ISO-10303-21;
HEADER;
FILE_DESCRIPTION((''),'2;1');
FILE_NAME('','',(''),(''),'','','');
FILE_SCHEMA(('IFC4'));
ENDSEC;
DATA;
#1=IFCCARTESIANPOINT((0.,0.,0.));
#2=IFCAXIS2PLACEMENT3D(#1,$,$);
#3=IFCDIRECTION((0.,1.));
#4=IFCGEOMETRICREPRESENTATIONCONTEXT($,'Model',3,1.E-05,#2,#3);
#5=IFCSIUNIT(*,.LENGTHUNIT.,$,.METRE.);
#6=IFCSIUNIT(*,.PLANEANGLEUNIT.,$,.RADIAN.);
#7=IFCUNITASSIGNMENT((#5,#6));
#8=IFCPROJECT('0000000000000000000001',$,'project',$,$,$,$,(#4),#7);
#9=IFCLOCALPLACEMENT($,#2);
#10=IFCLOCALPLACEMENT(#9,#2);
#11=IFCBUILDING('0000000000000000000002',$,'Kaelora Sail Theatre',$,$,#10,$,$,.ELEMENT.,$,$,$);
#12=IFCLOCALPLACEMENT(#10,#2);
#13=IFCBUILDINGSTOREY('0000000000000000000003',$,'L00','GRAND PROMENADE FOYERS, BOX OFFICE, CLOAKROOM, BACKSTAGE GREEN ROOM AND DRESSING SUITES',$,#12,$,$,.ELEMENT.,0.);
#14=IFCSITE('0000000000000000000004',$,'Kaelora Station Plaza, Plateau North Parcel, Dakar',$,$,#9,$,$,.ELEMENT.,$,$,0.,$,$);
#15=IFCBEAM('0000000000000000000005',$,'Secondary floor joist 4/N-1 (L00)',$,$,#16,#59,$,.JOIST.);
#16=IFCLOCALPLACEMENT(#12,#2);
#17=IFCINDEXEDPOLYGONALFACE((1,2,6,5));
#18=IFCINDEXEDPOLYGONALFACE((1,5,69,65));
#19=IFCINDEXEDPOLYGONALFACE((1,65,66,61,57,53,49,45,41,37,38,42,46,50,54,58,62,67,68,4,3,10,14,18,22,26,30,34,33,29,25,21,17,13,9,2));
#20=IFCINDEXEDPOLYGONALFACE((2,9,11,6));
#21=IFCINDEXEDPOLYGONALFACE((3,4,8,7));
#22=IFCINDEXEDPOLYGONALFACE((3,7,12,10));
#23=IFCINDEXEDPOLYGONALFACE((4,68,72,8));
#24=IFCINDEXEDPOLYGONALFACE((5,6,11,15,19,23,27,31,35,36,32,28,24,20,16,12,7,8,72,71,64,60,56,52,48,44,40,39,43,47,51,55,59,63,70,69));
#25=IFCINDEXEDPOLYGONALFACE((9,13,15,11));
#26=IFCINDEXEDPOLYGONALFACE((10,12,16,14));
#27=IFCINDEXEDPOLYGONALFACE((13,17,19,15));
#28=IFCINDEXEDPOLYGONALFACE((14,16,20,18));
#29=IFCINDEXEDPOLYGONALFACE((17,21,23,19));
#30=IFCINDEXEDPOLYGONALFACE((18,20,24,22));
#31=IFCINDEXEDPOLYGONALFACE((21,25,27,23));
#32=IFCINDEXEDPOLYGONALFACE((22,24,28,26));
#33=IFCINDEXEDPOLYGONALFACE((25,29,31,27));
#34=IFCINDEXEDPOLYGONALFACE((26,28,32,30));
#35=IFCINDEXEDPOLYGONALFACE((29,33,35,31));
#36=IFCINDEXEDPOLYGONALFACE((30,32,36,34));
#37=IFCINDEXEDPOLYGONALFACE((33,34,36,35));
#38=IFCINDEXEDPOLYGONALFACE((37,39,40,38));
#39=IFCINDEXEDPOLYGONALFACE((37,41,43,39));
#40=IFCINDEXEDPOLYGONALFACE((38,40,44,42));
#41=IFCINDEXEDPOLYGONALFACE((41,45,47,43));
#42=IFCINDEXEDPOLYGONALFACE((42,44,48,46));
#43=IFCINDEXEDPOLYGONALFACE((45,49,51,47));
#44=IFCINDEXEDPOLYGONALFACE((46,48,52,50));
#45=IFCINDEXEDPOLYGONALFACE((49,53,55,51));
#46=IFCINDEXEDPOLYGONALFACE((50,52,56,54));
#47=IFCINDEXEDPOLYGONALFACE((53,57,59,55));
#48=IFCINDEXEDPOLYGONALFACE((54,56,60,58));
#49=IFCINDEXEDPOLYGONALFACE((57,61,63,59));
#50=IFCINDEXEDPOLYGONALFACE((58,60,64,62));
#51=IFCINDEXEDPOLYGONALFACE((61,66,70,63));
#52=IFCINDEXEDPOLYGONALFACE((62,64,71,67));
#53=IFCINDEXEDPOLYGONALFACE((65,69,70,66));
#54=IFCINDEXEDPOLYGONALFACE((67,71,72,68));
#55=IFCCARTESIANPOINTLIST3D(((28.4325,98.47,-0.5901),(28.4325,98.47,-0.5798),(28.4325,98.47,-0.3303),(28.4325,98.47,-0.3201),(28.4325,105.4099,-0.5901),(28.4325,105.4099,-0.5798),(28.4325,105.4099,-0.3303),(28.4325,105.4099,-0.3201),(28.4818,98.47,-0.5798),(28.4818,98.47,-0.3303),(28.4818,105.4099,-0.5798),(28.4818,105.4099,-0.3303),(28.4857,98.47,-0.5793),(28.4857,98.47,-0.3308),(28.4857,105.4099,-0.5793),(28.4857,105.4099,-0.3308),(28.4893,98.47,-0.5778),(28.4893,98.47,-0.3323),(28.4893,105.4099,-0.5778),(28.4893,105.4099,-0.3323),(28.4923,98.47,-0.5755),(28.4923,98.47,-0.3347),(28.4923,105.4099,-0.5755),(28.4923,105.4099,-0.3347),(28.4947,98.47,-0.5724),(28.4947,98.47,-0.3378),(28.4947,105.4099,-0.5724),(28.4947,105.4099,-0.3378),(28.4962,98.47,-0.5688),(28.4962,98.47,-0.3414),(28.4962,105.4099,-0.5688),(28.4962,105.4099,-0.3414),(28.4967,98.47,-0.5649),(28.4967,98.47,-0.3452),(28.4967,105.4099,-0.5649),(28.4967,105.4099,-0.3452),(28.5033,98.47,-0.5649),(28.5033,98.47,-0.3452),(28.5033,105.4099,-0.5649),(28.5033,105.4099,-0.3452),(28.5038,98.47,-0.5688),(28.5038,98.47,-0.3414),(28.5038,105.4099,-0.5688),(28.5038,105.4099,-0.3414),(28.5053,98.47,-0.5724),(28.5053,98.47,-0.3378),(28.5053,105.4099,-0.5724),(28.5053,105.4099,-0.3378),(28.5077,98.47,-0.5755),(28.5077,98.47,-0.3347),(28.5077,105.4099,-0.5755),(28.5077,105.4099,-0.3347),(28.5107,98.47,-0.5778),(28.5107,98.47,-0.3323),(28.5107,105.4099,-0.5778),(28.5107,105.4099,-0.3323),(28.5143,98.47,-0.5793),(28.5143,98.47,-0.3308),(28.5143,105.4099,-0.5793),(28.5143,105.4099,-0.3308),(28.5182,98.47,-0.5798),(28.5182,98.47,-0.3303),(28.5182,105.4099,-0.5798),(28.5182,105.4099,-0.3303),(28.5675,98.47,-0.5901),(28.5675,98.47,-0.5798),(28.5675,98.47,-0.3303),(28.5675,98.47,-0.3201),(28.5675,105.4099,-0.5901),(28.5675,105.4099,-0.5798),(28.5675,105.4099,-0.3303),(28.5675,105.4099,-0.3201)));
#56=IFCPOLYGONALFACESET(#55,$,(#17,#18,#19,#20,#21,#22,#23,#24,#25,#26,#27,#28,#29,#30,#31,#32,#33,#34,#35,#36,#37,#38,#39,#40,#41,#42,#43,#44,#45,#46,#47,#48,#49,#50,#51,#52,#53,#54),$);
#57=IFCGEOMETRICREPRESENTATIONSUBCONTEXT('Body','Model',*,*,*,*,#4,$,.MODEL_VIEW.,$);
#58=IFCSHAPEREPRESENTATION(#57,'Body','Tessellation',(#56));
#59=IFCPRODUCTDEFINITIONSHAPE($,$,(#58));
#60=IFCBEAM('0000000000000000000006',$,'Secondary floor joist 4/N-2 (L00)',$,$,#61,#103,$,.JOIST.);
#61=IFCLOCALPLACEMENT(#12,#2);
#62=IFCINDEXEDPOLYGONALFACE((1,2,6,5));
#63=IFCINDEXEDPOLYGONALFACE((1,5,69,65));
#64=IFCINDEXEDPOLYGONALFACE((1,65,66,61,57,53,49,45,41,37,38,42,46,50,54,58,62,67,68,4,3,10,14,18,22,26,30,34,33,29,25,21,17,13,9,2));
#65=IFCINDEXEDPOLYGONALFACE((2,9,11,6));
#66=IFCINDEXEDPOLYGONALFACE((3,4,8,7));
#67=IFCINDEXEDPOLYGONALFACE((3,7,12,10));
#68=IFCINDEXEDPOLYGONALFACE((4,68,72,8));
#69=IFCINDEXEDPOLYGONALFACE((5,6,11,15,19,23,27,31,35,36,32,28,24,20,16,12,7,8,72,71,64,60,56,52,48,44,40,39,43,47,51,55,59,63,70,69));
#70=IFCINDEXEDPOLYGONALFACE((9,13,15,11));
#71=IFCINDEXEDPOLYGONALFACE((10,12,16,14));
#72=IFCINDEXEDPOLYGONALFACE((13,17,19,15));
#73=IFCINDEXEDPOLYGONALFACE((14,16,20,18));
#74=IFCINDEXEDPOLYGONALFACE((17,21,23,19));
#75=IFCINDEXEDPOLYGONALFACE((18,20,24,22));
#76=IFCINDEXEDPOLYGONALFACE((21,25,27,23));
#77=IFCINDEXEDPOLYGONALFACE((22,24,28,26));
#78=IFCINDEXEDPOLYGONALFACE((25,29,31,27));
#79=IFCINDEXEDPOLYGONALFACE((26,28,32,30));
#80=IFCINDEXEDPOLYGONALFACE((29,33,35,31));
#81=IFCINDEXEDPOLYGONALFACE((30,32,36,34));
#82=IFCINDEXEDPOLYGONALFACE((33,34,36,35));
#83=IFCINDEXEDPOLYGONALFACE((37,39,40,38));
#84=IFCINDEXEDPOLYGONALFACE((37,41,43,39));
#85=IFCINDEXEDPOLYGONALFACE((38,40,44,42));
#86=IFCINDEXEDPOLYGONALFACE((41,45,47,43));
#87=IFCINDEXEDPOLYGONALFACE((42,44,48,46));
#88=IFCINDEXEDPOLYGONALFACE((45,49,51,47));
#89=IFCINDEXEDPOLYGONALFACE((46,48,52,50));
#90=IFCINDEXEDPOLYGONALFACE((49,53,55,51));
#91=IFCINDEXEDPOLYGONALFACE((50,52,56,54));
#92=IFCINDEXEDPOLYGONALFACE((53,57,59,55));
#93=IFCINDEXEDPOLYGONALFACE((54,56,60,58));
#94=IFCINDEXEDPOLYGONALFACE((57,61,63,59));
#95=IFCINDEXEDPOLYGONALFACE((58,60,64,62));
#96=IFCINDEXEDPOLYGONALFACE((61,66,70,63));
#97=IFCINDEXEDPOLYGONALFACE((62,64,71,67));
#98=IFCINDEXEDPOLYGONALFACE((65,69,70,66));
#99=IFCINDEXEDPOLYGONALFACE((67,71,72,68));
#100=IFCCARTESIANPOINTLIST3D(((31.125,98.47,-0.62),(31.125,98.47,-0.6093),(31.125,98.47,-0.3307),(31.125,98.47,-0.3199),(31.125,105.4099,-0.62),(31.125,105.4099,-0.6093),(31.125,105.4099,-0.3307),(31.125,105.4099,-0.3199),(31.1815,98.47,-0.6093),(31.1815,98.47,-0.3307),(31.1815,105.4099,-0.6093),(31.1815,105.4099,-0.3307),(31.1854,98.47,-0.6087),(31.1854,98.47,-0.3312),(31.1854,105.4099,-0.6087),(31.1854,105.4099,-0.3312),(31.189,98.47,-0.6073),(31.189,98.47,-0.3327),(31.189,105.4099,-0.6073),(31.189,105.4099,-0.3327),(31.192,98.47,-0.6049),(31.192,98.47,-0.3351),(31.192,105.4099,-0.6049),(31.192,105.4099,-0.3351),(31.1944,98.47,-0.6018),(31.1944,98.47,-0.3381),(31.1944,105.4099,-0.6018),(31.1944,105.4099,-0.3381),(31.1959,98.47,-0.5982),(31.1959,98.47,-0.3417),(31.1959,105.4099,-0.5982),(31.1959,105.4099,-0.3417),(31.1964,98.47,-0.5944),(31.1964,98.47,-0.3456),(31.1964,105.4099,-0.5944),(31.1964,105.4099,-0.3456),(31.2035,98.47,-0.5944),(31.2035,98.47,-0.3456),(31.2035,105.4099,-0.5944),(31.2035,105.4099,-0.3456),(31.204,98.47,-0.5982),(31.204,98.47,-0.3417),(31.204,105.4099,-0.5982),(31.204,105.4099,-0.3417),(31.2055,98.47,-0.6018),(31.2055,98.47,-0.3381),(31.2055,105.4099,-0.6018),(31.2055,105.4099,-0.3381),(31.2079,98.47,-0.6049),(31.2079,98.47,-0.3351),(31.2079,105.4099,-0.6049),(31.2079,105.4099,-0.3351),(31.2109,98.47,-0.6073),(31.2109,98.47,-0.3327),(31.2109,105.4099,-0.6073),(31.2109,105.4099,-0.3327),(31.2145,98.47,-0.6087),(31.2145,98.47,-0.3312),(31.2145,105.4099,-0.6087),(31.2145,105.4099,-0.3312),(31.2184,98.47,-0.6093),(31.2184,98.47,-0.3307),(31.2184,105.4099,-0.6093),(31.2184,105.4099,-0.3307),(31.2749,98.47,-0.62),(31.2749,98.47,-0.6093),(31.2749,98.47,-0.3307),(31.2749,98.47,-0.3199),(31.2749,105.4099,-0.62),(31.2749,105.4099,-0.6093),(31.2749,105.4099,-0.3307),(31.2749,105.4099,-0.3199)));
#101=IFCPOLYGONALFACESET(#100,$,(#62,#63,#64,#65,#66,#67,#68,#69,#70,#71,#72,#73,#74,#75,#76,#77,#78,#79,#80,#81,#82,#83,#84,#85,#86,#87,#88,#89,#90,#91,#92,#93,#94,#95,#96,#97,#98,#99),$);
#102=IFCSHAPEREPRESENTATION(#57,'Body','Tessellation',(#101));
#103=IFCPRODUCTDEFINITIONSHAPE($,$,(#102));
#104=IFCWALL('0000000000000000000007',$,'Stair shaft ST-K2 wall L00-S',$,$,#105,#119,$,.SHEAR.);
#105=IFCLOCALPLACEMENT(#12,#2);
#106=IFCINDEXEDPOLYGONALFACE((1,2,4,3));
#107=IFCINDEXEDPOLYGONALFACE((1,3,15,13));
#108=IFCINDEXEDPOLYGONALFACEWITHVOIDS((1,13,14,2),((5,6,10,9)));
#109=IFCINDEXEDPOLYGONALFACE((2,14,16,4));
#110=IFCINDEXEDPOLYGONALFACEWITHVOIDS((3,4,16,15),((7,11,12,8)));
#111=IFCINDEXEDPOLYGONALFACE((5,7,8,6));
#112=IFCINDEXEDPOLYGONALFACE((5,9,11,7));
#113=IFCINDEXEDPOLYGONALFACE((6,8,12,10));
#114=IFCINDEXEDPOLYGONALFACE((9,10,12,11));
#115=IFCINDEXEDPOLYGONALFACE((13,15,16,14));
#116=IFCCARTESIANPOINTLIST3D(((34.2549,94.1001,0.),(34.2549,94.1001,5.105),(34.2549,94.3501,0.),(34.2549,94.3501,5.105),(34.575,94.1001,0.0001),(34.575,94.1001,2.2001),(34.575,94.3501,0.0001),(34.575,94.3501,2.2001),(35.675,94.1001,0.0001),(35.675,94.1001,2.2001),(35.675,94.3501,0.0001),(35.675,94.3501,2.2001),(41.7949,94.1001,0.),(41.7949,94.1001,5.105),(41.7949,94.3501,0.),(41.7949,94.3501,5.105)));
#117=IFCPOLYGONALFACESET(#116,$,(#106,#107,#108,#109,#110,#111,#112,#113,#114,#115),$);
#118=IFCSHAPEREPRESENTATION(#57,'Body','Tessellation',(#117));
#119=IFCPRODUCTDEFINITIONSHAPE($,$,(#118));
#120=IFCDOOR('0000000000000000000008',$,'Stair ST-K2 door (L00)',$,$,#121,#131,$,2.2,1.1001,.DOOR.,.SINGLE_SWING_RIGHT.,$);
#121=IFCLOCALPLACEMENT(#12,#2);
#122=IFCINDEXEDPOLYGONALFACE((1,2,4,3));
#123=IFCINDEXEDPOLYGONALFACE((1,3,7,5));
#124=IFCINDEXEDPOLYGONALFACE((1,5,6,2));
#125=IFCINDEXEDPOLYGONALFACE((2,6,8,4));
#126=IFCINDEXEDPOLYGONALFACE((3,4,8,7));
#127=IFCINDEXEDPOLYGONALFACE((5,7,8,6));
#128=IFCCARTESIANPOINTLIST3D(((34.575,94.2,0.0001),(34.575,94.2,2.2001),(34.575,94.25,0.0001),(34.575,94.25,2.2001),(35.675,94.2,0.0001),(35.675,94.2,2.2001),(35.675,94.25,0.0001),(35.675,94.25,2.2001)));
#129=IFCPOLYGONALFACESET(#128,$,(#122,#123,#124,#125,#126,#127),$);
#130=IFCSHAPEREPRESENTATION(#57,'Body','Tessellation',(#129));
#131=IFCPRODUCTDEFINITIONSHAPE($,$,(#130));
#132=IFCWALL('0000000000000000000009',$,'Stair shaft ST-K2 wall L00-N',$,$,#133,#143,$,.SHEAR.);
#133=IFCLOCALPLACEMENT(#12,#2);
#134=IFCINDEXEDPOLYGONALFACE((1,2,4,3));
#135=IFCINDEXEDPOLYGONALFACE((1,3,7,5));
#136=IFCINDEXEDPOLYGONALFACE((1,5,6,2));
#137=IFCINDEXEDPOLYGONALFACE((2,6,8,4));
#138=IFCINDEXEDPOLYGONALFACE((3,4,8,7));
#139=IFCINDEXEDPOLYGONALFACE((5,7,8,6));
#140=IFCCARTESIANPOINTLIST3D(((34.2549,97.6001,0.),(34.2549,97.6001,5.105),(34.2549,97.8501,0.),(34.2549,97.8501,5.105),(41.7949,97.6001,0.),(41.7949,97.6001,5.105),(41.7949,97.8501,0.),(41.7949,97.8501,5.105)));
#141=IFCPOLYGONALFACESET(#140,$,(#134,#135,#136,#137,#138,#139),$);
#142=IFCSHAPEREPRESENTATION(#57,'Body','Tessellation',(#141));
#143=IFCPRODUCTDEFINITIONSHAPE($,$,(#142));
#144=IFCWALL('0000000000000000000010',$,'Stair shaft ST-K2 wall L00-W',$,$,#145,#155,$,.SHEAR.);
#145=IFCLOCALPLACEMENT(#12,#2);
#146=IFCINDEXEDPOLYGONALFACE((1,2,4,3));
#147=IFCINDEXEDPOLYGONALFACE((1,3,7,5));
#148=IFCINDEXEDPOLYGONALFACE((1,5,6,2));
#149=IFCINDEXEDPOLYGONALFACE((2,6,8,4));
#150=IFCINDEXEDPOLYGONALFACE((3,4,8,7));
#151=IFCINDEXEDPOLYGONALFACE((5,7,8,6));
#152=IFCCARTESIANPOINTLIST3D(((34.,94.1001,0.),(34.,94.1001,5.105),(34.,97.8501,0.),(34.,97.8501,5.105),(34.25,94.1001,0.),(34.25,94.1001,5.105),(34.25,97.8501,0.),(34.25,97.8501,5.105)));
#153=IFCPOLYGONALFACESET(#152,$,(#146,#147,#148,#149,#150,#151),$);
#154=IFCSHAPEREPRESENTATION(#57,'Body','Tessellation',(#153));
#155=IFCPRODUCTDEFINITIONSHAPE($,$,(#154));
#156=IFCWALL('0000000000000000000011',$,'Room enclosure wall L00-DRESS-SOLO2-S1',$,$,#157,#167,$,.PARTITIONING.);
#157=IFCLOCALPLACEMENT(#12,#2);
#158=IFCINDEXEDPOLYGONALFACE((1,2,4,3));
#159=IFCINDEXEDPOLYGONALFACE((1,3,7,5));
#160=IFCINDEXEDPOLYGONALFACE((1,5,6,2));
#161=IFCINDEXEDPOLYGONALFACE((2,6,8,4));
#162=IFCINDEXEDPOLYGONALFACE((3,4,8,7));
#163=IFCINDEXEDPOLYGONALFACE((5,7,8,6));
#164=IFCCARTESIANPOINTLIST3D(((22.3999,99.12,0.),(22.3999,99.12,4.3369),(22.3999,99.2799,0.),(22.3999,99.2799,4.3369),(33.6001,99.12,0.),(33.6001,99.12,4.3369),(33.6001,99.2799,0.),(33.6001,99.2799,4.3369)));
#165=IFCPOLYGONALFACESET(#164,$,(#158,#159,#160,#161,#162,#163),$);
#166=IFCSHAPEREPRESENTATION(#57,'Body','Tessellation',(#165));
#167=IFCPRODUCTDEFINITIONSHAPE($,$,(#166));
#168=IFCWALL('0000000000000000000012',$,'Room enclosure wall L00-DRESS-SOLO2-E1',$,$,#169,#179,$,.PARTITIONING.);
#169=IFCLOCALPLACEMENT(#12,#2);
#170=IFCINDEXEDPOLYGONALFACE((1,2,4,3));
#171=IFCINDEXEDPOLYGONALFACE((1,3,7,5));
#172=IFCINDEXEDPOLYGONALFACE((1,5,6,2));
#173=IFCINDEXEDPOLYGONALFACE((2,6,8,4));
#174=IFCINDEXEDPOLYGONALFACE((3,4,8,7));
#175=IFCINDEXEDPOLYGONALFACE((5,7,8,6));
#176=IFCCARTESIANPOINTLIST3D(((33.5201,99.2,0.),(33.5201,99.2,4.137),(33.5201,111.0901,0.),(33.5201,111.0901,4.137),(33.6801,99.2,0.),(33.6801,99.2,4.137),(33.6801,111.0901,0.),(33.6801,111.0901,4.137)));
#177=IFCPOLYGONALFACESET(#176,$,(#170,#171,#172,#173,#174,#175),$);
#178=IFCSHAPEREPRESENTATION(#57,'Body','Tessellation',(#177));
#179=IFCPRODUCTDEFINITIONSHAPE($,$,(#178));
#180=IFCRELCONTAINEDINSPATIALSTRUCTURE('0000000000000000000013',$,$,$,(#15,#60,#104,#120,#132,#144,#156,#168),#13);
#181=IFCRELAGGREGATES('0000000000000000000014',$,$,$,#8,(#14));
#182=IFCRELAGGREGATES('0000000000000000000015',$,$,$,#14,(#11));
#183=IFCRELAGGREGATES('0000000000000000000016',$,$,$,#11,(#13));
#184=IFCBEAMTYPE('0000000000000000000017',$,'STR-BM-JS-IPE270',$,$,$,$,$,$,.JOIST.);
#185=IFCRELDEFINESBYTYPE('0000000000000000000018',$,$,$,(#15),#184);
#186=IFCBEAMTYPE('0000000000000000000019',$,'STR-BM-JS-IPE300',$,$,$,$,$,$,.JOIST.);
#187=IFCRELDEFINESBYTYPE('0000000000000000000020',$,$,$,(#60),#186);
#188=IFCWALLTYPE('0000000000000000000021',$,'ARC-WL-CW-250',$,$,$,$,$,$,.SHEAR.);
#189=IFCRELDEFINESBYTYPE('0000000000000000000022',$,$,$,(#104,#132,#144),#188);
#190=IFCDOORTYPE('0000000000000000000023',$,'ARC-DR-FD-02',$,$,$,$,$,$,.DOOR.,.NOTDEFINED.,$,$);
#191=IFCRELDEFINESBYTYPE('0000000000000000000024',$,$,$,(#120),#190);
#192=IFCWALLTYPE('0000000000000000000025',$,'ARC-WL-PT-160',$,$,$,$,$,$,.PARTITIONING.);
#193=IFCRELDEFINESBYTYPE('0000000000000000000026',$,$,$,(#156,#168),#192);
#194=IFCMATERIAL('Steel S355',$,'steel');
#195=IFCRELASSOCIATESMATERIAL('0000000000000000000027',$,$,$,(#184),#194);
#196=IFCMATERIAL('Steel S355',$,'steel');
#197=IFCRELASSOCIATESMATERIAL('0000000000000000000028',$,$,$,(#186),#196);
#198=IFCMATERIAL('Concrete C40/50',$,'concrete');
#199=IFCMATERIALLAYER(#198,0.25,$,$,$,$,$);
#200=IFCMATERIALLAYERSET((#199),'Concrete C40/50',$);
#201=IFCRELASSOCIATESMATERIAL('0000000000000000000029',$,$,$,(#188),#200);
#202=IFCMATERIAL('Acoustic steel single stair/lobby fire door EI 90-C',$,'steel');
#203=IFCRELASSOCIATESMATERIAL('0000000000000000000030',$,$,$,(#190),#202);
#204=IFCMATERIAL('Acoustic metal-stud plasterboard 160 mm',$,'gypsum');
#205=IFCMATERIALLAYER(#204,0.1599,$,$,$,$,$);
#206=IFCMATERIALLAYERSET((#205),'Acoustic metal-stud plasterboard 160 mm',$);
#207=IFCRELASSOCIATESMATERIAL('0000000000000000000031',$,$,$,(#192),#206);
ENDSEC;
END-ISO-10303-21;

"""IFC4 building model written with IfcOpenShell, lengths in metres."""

from ifc_helpers import new_model, si_unit, direction, frame, frame_2d, origin, origin_2d, place, context, subcontext, project, spatial, rectangle, i_section, extrude, material, layer, layer_set, material_profile, profile_set, type_object, element, fill, save


model = new_model("IFC4")

# Units and contexts
model_context = context("Model", 3, precision=1e-05, world=origin(), true_north=direction((0.0, 1.0)))
body_context = subcontext(model_context, "Body", "Model", "MODEL_VIEW")
ifc_project = project(units=[si_unit("LENGTHUNIT", "METRE"), si_unit("PLANEANGLEUNIT", "RADIAN")], contexts=[model_context])

# Site, building, storey
site_placement = place(None, origin())
site = spatial("IfcSite", under=ifc_project, at=site_placement, Name="Kaelora Station Plaza, Plateau North Parcel, Dakar", CompositionType="ELEMENT", RefElevation=0.0)
building_placement = place(site_placement, origin())
building = spatial("IfcBuilding", under=site, at=building_placement, Name="Kaelora Sail Theatre", CompositionType="ELEMENT")
storey_placement = place(building_placement, origin())
storey = spatial("IfcBuildingStorey", under=building, at=storey_placement, Name="L00", Description="GRAND PROMENADE FOYERS, BOX OFFICE, CLOAKROOM, BACKSTAGE GREEN ROOM AND DRESSING SUITES", CompositionType="ELEMENT", Elevation=0.0)

# Beams
ifc_material_1 = material(Name="Steel S355", Category="steel")
ifc_material_profile_1 = material_profile(ifc_material_1, i_section(OverallWidth=0.135, OverallDepth=0.27, WebThickness=0.0066, FlangeThickness=0.0103, FilletRadius=0.0149, at=origin_2d()), Name="IPE 270")
ifc_profile_set_1 = profile_set([ifc_material_profile_1], Name="Steel S355")
beam_type_1 = type_object("IfcBeamType", Name="STR-BM-JS-IPE270", PredefinedType="JOIST", material=ifc_profile_set_1)
for number, where, z_axis, x_axis, name in (
    (1, (28.5, 98.47, -0.4551), (0.0, 1.0, 0.0), (-1.0, 0.0, 0.0), "Secondary floor joist 4/N-1 (L00)"),
):
    element("IfcBeam", number, at=place(storey_placement, frame(where, z_axis=z_axis, x_axis=x_axis)), inside=storey, type_object=beam_type_1, Name=name, PredefinedType="JOIST", context=body_context, shape_type="SweptSolid", body=[
        extrude(i_section(OverallWidth=0.135, OverallDepth=0.27, WebThickness=0.0066, FlangeThickness=0.0103, FilletRadius=0.0149, at=origin_2d()), origin(), (0.0, 0.0, 1.0), 6.9399),
    ])
ifc_material_2 = material(Name="Steel S355", Category="steel")
ifc_material_profile_2 = material_profile(ifc_material_2, i_section(OverallWidth=0.1499, OverallDepth=0.3, WebThickness=0.0071, FlangeThickness=0.0107, FilletRadius=0.0149, at=origin_2d()), Name="IPE 300")
ifc_profile_set_2 = profile_set([ifc_material_profile_2], Name="Steel S355")
beam_type_2 = type_object("IfcBeamType", Name="STR-BM-JS-IPE300", PredefinedType="JOIST", material=ifc_profile_set_2)
beam_1_placement = place(storey_placement, frame((31.2, 98.47, -0.47), z_axis=(0.0, 1.0, 0.0), x_axis=(-1.0, 0.0, 0.0)))
element("IfcBeam", 2, at=beam_1_placement, inside=storey, type_object=beam_type_2, Name="Secondary floor joist 4/N-2 (L00)", PredefinedType="JOIST", context=body_context, shape_type="SweptSolid", body=[
    extrude(i_section(OverallWidth=0.1499, OverallDepth=0.3, WebThickness=0.0071, FlangeThickness=0.0107, FilletRadius=0.0149, at=origin_2d()), origin(), (0.0, 0.0, 1.0), 6.9399),
])

# Wall, opening, door
ifc_material_3 = material(Name="Concrete C40/50", Category="concrete")
ifc_layer_1 = layer(ifc_material_3, 0.25)
ifc_layer_set_1 = layer_set([ifc_layer_1], Name="Concrete C40/50")
wall_type_1 = type_object("IfcWallType", Name="ARC-WL-CW-250", PredefinedType="SHEAR", material=ifc_layer_set_1)
wall_1_placement = place(storey_placement, frame((34.2549, 94.2251, 0.0), z_axis=(0.0, 0.0, 1.0), x_axis=(1.0, 0.0, 0.0)))
wall_1 = element("IfcWall", 3, at=wall_1_placement, inside=storey, type_object=wall_type_1, Name="Stair shaft ST-K2 wall L00-S", PredefinedType="SHEAR", context=body_context, shape_type="SweptSolid", body=[
    extrude(rectangle(XDim=7.54, YDim=0.25, at=frame_2d((3.77, 0.0))), origin(), (0.0, 0.0, 1.0), 5.105),
])
opening_1_placement = place(wall_1_placement, frame((0.3201, 0.0, 0.0)))
opening_1 = element("IfcOpeningElement", 4, at=opening_1_placement, cuts=wall_1, PredefinedType="OPENING", context=body_context, shape_type="SweptSolid", body=[
    extrude(rectangle(XDim=1.1001, YDim=2.2, at=frame_2d((0.55, 1.1001))), frame((0.0, 0.135, 0.0), z_axis=(0.0, -1.0, 0.0), x_axis=(1.0, 0.0, 0.0)), (0.0, 0.0, 1.0), 0.27),
])
ifc_material_4 = material(Name="Acoustic steel single stair/lobby fire door EI 90-C", Category="steel")
door_type_1 = type_object("IfcDoorType", Name="ARC-DR-FD-02", OperationType="NOTDEFINED", PredefinedType="DOOR", material=ifc_material_4)
door_1_placement = place(opening_1_placement, origin())
door_1 = element("IfcDoor", 5, at=door_1_placement, inside=storey, type_object=door_type_1, Name="Stair ST-K2 door (L00)", OperationType="SINGLE_SWING_RIGHT", OverallHeight=2.2, OverallWidth=1.1001, PredefinedType="DOOR", context=body_context, shape_type="SweptSolid", body=[
    extrude(rectangle(XDim=1.1001, YDim=2.2, at=frame_2d((0.55, 1.1001))), frame((0.0, 0.0249, 0.0), z_axis=(0.0, -1.0, 0.0), x_axis=(1.0, 0.0, 0.0)), (0.0, 0.0, 1.0), 0.05),
])
fill(opening_1, door_1)

# Walls
wall_2_placement = place(storey_placement, frame((34.2549, 97.7251, 0.0), z_axis=(0.0, 0.0, 1.0), x_axis=(1.0, 0.0, 0.0)))
element("IfcWall", 6, at=wall_2_placement, inside=storey, type_object=wall_type_1, Name="Stair shaft ST-K2 wall L00-N", PredefinedType="SHEAR", context=body_context, shape_type="SweptSolid", body=[
    extrude(rectangle(XDim=7.54, YDim=0.25, at=frame_2d((3.77, 0.0))), origin(), (0.0, 0.0, 1.0), 5.105),
])
wall_3_placement = place(storey_placement, frame((34.125, 94.1001, 0.0), z_axis=(0.0, 0.0, 1.0), x_axis=(0.0, 1.0, 0.0)))
element("IfcWall", 7, at=wall_3_placement, inside=storey, type_object=wall_type_1, Name="Stair shaft ST-K2 wall L00-W", PredefinedType="SHEAR", context=body_context, shape_type="SweptSolid", body=[
    extrude(rectangle(XDim=3.75, YDim=0.25, at=frame_2d((1.875, 0.0))), origin(), (0.0, 0.0, 1.0), 5.105),
])
ifc_material_5 = material(Name="Acoustic metal-stud plasterboard 160 mm", Category="gypsum")
ifc_layer_2 = layer(ifc_material_5, 0.1599)
ifc_layer_set_2 = layer_set([ifc_layer_2], Name="Acoustic metal-stud plasterboard 160 mm")
wall_type_2 = type_object("IfcWallType", Name="ARC-WL-PT-160", PredefinedType="PARTITIONING", material=ifc_layer_set_2)
wall_4_placement = place(storey_placement, frame((22.3999, 99.2, 0.0), z_axis=(0.0, 0.0, 1.0), x_axis=(1.0, 0.0, 0.0)))
element("IfcWall", 8, at=wall_4_placement, inside=storey, type_object=wall_type_2, Name="Room enclosure wall L00-DRESS-SOLO2-S1", PredefinedType="PARTITIONING", context=body_context, shape_type="SweptSolid", body=[
    extrude(rectangle(XDim=11.2002, YDim=0.1599, at=frame_2d((5.6001, 0.0))), origin(), (0.0, 0.0, 1.0), 4.3369),
])
wall_5_placement = place(storey_placement, frame((33.6001, 99.2, 0.0), z_axis=(0.0, 0.0, 1.0), x_axis=(0.0, 1.0, 0.0)))
element("IfcWall", 9, at=wall_5_placement, inside=storey, type_object=wall_type_2, Name="Room enclosure wall L00-DRESS-SOLO2-E1", PredefinedType="PARTITIONING", context=body_context, shape_type="SweptSolid", body=[
    extrude(rectangle(XDim=11.8901, YDim=0.1599, at=frame_2d((5.9451, 0.0))), origin(), (0.0, 0.0, 1.0), 4.137),
])

save(model, "model.ifc")
